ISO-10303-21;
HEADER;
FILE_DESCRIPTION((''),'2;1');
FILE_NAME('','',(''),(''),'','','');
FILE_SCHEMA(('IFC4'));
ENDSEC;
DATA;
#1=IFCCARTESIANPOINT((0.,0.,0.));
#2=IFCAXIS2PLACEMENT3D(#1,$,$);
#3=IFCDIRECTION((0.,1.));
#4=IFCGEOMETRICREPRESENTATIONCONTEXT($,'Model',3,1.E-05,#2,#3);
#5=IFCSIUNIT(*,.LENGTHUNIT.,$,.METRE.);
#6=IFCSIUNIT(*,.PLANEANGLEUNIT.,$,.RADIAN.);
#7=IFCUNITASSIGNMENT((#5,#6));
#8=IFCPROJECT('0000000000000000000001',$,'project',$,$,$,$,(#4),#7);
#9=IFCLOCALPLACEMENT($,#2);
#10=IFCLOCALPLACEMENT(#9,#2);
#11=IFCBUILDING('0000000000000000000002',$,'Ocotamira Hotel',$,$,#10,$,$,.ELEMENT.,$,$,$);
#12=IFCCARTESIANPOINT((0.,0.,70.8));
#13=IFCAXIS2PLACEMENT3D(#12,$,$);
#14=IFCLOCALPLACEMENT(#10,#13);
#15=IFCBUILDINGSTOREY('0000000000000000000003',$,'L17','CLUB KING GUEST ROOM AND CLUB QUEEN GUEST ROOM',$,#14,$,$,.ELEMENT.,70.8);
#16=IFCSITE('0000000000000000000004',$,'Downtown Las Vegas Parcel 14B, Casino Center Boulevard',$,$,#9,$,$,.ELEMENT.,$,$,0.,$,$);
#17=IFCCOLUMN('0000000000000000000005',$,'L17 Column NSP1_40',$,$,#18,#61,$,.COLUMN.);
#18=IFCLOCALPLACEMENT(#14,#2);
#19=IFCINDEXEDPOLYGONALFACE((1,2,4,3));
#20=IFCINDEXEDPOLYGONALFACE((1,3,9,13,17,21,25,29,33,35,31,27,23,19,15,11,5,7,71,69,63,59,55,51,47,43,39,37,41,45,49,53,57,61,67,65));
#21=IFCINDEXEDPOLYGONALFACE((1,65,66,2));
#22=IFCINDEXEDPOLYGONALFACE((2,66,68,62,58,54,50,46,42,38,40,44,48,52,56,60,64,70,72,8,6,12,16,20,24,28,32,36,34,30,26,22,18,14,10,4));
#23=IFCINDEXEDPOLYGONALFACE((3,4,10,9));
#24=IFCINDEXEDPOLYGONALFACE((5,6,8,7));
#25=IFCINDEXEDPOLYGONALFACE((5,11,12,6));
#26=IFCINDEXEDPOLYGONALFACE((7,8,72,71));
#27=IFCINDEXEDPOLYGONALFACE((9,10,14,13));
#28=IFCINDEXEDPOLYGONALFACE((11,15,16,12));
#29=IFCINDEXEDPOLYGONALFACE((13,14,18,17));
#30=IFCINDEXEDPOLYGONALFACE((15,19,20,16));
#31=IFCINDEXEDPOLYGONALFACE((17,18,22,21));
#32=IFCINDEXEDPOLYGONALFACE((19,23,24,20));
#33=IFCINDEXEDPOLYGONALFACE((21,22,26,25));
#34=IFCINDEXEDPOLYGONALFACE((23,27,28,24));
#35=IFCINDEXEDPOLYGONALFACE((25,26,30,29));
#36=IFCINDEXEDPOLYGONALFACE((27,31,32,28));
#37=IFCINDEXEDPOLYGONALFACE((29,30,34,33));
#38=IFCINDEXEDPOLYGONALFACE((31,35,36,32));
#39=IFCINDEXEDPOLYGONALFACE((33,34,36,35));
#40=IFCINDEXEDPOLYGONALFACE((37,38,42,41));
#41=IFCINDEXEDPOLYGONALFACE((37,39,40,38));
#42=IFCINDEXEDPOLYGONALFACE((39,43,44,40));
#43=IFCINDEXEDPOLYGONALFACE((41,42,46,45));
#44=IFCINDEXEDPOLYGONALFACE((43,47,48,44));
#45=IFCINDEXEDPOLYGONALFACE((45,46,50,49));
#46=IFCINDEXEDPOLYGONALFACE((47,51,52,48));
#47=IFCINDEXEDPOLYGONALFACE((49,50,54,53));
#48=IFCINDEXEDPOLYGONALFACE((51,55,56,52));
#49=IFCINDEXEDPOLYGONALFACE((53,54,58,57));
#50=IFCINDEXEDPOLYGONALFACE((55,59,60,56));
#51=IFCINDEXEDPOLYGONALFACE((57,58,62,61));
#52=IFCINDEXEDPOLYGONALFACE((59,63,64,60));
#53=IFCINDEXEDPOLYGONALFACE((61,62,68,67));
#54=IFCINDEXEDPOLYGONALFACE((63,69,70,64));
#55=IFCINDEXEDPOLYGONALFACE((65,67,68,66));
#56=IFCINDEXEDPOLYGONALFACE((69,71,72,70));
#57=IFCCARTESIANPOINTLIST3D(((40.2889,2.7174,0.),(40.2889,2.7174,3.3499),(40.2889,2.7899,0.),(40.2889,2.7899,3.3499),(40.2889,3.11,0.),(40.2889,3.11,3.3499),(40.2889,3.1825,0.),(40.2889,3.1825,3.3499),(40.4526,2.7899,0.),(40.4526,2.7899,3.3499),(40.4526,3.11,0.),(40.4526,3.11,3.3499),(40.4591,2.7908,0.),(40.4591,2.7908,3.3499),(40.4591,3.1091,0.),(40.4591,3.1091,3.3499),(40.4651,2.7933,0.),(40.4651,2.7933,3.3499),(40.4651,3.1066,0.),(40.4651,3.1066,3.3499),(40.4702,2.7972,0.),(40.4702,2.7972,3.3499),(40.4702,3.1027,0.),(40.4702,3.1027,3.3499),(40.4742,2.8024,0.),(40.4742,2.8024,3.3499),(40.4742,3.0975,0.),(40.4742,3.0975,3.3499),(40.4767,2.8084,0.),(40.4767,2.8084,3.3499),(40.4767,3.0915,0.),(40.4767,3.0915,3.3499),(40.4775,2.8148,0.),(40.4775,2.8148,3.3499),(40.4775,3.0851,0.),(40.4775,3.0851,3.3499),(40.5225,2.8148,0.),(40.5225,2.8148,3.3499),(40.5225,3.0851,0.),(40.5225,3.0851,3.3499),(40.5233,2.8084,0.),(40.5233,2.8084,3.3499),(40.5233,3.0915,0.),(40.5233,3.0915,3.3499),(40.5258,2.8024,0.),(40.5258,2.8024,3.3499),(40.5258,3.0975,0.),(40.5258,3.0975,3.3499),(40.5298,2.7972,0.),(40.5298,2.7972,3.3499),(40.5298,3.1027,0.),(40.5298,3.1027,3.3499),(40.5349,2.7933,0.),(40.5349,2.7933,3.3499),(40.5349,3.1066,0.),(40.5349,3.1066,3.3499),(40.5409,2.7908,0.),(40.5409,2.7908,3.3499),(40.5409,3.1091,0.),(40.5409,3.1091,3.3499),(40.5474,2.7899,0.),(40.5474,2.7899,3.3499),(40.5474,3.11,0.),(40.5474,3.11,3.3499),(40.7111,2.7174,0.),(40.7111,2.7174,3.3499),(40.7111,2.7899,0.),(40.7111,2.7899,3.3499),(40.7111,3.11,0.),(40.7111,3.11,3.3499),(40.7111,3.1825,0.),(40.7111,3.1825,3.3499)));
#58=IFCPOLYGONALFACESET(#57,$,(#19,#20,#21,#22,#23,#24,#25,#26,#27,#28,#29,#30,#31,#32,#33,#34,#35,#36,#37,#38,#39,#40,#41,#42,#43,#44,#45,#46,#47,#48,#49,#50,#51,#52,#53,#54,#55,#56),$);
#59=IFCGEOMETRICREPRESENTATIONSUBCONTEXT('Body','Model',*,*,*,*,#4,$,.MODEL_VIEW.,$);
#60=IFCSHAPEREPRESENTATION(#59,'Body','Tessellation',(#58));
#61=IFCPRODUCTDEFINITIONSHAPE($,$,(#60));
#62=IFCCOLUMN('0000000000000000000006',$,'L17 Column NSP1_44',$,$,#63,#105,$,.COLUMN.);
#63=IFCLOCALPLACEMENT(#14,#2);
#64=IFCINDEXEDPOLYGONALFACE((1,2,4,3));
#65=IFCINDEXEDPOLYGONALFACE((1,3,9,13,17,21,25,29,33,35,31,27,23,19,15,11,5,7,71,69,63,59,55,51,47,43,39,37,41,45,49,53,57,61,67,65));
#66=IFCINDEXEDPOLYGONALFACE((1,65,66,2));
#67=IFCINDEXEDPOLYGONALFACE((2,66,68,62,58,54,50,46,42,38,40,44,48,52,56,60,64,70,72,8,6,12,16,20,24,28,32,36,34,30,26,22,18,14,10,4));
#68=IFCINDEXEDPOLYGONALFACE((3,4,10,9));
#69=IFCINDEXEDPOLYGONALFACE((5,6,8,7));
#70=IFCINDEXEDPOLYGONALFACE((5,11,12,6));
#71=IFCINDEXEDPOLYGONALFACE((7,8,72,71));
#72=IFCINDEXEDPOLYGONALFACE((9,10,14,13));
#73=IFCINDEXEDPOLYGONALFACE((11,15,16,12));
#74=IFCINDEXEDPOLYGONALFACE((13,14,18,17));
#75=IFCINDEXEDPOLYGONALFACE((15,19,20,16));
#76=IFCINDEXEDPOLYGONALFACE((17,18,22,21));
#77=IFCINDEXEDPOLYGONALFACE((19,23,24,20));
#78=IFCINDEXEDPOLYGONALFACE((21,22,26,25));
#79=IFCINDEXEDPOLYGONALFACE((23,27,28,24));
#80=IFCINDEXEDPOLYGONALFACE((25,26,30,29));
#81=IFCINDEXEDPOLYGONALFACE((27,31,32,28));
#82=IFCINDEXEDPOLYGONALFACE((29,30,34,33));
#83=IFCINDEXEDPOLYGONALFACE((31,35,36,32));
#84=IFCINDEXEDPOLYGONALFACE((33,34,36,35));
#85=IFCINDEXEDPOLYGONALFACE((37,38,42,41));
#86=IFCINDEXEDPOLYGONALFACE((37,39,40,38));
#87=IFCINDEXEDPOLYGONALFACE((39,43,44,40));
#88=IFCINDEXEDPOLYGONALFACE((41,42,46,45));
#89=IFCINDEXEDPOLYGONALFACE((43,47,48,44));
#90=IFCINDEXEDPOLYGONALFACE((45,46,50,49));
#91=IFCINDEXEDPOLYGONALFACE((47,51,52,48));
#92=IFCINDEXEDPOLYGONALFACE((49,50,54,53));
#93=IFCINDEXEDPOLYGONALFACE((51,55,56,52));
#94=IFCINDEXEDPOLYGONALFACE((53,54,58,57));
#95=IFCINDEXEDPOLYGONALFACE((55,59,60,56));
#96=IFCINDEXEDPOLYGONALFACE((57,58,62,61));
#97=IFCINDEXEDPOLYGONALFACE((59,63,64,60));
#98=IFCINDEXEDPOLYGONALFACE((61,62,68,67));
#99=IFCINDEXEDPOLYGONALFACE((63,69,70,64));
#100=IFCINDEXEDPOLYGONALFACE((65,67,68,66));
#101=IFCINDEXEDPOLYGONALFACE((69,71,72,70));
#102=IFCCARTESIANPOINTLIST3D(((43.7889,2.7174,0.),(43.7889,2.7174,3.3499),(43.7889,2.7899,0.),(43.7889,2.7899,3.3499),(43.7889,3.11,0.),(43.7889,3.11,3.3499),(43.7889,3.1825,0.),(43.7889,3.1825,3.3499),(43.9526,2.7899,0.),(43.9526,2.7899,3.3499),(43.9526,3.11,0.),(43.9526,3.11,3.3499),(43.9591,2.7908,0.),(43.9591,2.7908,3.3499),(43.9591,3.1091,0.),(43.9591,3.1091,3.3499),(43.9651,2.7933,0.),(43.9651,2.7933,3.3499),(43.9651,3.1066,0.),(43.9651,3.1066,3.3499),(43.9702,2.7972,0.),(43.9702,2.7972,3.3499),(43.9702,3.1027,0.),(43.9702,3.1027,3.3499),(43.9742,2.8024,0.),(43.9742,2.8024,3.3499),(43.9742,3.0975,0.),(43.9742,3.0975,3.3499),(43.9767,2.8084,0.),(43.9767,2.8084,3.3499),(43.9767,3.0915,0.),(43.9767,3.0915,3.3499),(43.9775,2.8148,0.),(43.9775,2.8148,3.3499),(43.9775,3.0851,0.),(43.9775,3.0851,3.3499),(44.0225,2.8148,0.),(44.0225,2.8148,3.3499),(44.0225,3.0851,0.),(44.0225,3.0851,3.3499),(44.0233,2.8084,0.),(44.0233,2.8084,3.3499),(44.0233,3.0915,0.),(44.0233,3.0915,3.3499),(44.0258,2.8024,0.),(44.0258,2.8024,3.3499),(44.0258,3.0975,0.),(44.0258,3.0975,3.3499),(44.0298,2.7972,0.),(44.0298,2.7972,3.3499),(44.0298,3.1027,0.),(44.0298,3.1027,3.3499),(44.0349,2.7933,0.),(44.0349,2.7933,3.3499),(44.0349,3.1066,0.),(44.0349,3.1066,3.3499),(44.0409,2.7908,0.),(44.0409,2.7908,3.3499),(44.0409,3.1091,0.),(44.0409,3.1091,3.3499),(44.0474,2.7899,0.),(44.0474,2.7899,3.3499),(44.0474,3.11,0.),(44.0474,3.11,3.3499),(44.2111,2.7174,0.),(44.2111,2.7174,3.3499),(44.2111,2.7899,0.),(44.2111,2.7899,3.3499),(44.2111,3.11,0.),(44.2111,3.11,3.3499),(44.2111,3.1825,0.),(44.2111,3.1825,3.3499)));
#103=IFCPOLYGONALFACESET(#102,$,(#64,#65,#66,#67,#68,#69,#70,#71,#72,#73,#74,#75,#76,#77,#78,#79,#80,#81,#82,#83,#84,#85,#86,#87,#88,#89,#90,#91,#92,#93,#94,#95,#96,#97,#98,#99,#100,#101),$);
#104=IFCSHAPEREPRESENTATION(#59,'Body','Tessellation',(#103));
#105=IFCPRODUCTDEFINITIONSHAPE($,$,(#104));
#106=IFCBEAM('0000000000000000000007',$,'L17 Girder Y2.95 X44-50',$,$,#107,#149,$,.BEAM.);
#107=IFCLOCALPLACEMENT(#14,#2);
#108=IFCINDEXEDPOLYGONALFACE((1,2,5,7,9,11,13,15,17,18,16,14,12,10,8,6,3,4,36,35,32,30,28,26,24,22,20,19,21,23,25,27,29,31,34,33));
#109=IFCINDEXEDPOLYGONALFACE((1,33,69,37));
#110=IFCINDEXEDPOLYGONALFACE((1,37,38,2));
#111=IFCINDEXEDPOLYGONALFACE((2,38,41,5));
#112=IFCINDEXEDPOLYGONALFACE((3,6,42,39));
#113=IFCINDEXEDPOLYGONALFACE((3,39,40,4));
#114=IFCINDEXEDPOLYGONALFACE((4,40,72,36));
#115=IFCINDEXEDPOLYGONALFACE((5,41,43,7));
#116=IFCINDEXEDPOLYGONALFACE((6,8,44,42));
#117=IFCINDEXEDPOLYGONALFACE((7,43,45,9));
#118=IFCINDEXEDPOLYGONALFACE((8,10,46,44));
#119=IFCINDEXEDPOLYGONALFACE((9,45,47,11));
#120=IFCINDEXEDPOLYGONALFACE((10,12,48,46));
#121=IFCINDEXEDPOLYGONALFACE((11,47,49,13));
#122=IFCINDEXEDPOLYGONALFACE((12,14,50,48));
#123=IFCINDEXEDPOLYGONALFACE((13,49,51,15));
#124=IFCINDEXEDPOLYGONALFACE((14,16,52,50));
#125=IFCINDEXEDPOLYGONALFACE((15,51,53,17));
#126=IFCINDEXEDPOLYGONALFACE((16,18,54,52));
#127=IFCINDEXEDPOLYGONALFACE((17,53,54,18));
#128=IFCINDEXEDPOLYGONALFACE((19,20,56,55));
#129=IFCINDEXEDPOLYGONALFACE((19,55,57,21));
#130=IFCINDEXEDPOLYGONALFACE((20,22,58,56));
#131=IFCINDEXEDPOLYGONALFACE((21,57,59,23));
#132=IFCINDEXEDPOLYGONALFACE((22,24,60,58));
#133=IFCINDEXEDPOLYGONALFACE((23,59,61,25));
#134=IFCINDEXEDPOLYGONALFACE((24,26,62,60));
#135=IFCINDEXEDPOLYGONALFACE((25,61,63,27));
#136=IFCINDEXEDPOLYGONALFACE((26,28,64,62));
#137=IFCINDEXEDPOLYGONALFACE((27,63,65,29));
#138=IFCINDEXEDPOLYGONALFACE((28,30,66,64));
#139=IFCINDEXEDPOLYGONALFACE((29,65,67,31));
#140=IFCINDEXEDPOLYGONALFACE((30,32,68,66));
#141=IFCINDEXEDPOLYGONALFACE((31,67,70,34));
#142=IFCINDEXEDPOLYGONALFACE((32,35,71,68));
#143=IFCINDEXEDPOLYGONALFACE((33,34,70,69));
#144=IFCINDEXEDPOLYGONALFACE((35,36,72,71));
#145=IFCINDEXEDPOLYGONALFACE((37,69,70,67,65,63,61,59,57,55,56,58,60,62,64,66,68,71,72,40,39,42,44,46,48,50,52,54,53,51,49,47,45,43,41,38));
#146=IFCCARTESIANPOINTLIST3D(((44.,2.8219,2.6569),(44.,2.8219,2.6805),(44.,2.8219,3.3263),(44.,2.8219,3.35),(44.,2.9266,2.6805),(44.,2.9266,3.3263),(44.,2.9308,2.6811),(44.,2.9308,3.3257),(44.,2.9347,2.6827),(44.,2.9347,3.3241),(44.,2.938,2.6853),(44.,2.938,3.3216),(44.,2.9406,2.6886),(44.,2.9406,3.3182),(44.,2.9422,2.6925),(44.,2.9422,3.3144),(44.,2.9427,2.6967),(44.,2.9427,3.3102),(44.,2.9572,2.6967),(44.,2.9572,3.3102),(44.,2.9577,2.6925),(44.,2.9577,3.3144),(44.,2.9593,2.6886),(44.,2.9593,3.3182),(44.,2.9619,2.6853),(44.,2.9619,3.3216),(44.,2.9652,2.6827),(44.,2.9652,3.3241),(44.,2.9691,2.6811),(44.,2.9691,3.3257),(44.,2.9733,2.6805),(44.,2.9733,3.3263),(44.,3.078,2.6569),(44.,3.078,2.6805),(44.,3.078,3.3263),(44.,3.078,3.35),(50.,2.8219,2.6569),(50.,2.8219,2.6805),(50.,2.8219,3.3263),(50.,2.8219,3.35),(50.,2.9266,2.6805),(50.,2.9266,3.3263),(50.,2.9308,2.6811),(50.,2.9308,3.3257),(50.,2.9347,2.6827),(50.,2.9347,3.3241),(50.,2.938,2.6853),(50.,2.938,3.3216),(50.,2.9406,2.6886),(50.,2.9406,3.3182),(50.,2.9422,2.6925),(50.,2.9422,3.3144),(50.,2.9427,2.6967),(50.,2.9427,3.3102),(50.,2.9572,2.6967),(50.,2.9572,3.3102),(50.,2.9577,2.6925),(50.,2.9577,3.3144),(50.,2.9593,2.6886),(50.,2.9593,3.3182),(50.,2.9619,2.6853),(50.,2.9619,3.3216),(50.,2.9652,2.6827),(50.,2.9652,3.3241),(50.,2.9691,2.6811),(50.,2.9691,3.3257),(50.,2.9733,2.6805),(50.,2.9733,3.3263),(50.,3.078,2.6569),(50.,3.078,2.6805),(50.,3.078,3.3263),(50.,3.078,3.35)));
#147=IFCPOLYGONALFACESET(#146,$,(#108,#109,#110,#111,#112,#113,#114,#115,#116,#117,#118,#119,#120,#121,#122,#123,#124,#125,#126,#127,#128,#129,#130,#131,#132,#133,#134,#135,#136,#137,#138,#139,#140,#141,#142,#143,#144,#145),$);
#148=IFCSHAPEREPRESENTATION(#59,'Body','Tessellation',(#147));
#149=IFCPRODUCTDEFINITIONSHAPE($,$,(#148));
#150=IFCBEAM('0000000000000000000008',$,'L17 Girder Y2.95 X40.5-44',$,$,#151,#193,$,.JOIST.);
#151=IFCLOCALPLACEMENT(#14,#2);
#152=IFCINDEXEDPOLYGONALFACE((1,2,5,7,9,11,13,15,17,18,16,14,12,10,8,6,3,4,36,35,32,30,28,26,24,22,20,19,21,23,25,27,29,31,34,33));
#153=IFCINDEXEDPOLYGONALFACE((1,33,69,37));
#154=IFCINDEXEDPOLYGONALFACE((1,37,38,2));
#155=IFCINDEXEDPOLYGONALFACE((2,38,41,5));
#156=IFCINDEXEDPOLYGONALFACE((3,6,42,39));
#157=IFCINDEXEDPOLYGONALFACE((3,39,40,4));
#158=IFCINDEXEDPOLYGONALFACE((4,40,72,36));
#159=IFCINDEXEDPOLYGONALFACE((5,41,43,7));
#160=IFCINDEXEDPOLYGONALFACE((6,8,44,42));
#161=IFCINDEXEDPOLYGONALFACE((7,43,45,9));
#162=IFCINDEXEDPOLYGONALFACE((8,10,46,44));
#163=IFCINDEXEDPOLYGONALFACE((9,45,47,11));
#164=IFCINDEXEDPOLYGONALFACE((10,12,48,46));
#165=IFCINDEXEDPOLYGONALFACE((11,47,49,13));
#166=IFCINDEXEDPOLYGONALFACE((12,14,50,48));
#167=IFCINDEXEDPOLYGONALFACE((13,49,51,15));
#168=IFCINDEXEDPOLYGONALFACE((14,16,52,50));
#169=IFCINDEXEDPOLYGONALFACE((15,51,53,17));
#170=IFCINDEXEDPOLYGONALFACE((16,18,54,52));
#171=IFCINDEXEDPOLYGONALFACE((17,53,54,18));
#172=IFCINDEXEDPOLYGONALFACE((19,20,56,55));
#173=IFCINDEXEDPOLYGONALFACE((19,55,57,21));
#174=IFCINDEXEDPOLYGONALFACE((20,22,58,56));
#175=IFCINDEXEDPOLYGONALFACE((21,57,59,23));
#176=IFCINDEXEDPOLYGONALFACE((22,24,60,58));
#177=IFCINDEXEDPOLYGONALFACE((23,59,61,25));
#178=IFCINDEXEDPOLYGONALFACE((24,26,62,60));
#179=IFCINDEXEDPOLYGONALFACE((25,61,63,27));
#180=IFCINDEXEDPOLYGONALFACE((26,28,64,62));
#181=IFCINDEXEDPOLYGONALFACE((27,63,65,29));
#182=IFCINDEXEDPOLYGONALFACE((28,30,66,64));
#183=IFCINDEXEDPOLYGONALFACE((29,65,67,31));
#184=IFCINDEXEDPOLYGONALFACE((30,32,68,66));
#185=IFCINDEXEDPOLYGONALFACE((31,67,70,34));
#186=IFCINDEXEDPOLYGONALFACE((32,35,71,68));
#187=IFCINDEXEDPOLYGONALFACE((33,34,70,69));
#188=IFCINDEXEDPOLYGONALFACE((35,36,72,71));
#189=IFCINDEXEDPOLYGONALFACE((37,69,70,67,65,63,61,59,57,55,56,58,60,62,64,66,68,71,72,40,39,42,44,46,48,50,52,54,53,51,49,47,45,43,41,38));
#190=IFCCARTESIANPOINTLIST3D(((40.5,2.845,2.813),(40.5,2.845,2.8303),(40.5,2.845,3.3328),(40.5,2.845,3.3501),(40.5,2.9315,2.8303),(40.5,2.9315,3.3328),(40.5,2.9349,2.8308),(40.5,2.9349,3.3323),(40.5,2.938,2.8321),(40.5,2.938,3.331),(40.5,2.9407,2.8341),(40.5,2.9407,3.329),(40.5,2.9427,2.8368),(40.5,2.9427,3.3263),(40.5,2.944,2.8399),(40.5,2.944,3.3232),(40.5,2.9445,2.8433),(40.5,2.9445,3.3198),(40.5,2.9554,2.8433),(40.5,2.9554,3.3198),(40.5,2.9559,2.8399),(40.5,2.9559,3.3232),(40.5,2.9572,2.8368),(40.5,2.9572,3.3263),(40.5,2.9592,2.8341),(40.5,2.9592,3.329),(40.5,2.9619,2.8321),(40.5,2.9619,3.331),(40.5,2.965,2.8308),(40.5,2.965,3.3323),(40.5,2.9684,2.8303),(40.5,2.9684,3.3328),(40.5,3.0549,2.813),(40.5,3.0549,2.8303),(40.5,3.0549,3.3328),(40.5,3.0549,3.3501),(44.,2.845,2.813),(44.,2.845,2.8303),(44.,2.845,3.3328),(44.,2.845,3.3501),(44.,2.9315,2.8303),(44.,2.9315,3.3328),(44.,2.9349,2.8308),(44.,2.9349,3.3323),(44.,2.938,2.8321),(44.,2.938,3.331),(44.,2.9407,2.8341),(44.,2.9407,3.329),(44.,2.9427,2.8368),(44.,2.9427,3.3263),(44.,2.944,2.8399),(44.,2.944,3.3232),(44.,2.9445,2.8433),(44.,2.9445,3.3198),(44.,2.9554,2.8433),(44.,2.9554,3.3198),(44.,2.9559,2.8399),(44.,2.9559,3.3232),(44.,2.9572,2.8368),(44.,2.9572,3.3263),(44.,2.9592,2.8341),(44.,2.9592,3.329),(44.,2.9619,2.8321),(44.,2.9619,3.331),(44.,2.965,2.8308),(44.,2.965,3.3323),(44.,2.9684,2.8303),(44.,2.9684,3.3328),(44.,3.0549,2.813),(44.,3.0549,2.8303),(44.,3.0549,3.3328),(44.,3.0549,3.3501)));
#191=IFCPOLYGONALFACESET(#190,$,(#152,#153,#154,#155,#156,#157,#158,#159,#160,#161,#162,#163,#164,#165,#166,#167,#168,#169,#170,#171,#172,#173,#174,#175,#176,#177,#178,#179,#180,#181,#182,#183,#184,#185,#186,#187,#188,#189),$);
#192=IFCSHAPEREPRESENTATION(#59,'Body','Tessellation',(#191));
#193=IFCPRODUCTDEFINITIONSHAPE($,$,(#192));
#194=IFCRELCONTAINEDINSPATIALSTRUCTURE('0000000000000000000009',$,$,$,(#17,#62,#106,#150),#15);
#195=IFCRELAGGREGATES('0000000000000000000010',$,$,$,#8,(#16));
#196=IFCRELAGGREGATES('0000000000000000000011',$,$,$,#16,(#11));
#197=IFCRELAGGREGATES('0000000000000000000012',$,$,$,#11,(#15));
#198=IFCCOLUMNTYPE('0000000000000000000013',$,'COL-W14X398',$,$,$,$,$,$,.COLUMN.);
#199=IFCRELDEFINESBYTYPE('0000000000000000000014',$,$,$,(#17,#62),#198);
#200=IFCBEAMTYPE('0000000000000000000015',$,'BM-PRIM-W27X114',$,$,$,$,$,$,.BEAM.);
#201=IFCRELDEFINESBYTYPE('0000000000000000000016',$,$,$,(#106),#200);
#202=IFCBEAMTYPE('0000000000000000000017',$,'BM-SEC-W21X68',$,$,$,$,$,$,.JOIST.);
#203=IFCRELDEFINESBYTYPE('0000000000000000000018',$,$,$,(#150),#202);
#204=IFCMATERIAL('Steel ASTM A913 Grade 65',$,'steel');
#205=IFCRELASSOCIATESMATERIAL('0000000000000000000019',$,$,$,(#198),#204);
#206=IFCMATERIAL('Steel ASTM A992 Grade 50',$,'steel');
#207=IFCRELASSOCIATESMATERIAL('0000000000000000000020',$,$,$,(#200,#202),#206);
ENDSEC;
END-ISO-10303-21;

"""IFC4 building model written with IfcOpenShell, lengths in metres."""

from ifc_helpers import new_model, si_unit, direction, frame, origin, origin_2d, place, context, subcontext, project, spatial, i_section, extrude, source, transform, mapped, material, material_profile, profile_set, type_object, element, save


model = new_model("IFC4")

# Units and contexts
model_context = context("Model", 3, precision=1e-05, world=origin(), true_north=direction((0.0, 1.0)))
body_context = subcontext(model_context, "Body", "Model", "MODEL_VIEW")
ifc_project = project(units=[si_unit("LENGTHUNIT", "METRE"), si_unit("PLANEANGLEUNIT", "RADIAN")], contexts=[model_context])

# Site, building, storey
site_placement = place(None, origin())
site = spatial("IfcSite", under=ifc_project, at=site_placement, Name="Downtown Las Vegas Parcel 14B, Casino Center Boulevard", CompositionType="ELEMENT", RefElevation=0.0)
building_placement = place(site_placement, origin())
building = spatial("IfcBuilding", under=site, at=building_placement, Name="Ocotamira Hotel", CompositionType="ELEMENT")
storey_placement = place(building_placement, frame((0.0, 0.0, 70.8)))
storey = spatial("IfcBuildingStorey", under=building, at=storey_placement, Name="L17", Description="CLUB KING GUEST ROOM AND CLUB QUEEN GUEST ROOM", CompositionType="ELEMENT", Elevation=70.8)

# Columns
ifc_material_1 = material(Name="Steel ASTM A913 Grade 65", Category="steel")
ifc_material_profile_1 = material_profile(ifc_material_1, i_section(OverallWidth=0.4221, OverallDepth=0.4651, WebThickness=0.0449, FlangeThickness=0.0725, FilletRadius=0.0249, at=origin_2d()), Name="W14X398")
ifc_profile_set_1 = profile_set([ifc_material_profile_1], Name="Steel ASTM A913 Grade 65")
column_type = type_object("IfcColumnType", Name="COL-W14X398", PredefinedType="COLUMN", material=ifc_profile_set_1)
shared_shape_1 = source(origin(), body_context, "Body", "SweptSolid", [
    extrude(i_section(OverallWidth=0.4221, OverallDepth=0.4651, WebThickness=0.0449, FlangeThickness=0.0725, FilletRadius=0.0249, at=origin_2d()), origin(), (0.0, 0.0, 1.0), 3.3499),
])
for number, where, z_axis, x_axis, name in (
    (1, (40.5, 2.95, 0.0), (0.0, 0.0, 1.0), (1.0, 0.0, 0.0), "L17 Column NSP1_40"),
    (2, (44.0, 2.95, 0.0), (0.0, 0.0, 1.0), (1.0, 0.0, 0.0), "L17 Column NSP1_44"),
):
    element("IfcColumn", number, at=place(storey_placement, frame(where, z_axis=z_axis, x_axis=x_axis)), inside=storey, type_object=column_type, Name=name, PredefinedType="COLUMN", context=body_context, shape_type="MappedRepresentation", body=[
        mapped(shared_shape_1, transform((0.0, 0.0, 0.0), scale=1.0)),
    ])

# Beams
ifc_material_2 = material(Name="Steel ASTM A992 Grade 50", Category="steel")
ifc_material_profile_2 = material_profile(ifc_material_2, i_section(OverallWidth=0.2561, OverallDepth=0.6931, WebThickness=0.0144, FlangeThickness=0.0237, FilletRadius=0.0161, at=origin_2d()), Name="W27X114")
ifc_profile_set_2 = profile_set([ifc_material_profile_2], Name="Steel ASTM A992 Grade 50")
beam_type_1 = type_object("IfcBeamType", Name="BM-PRIM-W27X114", PredefinedType="BEAM", material=ifc_profile_set_2)
shared_shape_2 = source(origin(), body_context, "Body", "SweptSolid", [
    extrude(i_section(OverallWidth=0.2561, OverallDepth=0.6931, WebThickness=0.0144, FlangeThickness=0.0237, FilletRadius=0.0161, at=origin_2d()), origin(), (0.0, 0.0, 1.0), 6.0),
])
beam_1_placement = place(storey_placement, frame((44.0, 2.95, 3.0034), z_axis=(1.0, 0.0, 0.0), x_axis=(0.0, 1.0, 0.0)))
element("IfcBeam", 3, at=beam_1_placement, inside=storey, type_object=beam_type_1, Name="L17 Girder Y2.95 X44-50", PredefinedType="BEAM", context=body_context, shape_type="MappedRepresentation", body=[
    mapped(shared_shape_2, transform((0.0, 0.0, 0.0), scale=1.0)),
])
ifc_material_profile_3 = material_profile(ifc_material_2, i_section(OverallWidth=0.21, OverallDepth=0.5371, WebThickness=0.011, FlangeThickness=0.0173, FilletRadius=0.0129, at=origin_2d()), Name="W21X68")
ifc_profile_set_3 = profile_set([ifc_material_profile_3], Name="Steel ASTM A992 Grade 50")
beam_type_2 = type_object("IfcBeamType", Name="BM-SEC-W21X68", PredefinedType="JOIST", material=ifc_profile_set_3)
shared_shape_3 = source(origin(), body_context, "Body", "SweptSolid", [
    extrude(i_section(OverallWidth=0.21, OverallDepth=0.5371, WebThickness=0.011, FlangeThickness=0.0173, FilletRadius=0.0129, at=origin_2d()), origin(), (0.0, 0.0, 1.0), 3.5),
])
beam_2_placement = place(storey_placement, frame((40.5, 2.95, 3.0815), z_axis=(1.0, 0.0, 0.0), x_axis=(0.0, 1.0, 0.0)))
element("IfcBeam", 4, at=beam_2_placement, inside=storey, type_object=beam_type_2, Name="L17 Girder Y2.95 X40.5-44", PredefinedType="JOIST", context=body_context, shape_type="MappedRepresentation", body=[
    mapped(shared_shape_3, transform((0.0, 0.0, 0.0), scale=1.0)),
])

save(model, "model.ifc")
